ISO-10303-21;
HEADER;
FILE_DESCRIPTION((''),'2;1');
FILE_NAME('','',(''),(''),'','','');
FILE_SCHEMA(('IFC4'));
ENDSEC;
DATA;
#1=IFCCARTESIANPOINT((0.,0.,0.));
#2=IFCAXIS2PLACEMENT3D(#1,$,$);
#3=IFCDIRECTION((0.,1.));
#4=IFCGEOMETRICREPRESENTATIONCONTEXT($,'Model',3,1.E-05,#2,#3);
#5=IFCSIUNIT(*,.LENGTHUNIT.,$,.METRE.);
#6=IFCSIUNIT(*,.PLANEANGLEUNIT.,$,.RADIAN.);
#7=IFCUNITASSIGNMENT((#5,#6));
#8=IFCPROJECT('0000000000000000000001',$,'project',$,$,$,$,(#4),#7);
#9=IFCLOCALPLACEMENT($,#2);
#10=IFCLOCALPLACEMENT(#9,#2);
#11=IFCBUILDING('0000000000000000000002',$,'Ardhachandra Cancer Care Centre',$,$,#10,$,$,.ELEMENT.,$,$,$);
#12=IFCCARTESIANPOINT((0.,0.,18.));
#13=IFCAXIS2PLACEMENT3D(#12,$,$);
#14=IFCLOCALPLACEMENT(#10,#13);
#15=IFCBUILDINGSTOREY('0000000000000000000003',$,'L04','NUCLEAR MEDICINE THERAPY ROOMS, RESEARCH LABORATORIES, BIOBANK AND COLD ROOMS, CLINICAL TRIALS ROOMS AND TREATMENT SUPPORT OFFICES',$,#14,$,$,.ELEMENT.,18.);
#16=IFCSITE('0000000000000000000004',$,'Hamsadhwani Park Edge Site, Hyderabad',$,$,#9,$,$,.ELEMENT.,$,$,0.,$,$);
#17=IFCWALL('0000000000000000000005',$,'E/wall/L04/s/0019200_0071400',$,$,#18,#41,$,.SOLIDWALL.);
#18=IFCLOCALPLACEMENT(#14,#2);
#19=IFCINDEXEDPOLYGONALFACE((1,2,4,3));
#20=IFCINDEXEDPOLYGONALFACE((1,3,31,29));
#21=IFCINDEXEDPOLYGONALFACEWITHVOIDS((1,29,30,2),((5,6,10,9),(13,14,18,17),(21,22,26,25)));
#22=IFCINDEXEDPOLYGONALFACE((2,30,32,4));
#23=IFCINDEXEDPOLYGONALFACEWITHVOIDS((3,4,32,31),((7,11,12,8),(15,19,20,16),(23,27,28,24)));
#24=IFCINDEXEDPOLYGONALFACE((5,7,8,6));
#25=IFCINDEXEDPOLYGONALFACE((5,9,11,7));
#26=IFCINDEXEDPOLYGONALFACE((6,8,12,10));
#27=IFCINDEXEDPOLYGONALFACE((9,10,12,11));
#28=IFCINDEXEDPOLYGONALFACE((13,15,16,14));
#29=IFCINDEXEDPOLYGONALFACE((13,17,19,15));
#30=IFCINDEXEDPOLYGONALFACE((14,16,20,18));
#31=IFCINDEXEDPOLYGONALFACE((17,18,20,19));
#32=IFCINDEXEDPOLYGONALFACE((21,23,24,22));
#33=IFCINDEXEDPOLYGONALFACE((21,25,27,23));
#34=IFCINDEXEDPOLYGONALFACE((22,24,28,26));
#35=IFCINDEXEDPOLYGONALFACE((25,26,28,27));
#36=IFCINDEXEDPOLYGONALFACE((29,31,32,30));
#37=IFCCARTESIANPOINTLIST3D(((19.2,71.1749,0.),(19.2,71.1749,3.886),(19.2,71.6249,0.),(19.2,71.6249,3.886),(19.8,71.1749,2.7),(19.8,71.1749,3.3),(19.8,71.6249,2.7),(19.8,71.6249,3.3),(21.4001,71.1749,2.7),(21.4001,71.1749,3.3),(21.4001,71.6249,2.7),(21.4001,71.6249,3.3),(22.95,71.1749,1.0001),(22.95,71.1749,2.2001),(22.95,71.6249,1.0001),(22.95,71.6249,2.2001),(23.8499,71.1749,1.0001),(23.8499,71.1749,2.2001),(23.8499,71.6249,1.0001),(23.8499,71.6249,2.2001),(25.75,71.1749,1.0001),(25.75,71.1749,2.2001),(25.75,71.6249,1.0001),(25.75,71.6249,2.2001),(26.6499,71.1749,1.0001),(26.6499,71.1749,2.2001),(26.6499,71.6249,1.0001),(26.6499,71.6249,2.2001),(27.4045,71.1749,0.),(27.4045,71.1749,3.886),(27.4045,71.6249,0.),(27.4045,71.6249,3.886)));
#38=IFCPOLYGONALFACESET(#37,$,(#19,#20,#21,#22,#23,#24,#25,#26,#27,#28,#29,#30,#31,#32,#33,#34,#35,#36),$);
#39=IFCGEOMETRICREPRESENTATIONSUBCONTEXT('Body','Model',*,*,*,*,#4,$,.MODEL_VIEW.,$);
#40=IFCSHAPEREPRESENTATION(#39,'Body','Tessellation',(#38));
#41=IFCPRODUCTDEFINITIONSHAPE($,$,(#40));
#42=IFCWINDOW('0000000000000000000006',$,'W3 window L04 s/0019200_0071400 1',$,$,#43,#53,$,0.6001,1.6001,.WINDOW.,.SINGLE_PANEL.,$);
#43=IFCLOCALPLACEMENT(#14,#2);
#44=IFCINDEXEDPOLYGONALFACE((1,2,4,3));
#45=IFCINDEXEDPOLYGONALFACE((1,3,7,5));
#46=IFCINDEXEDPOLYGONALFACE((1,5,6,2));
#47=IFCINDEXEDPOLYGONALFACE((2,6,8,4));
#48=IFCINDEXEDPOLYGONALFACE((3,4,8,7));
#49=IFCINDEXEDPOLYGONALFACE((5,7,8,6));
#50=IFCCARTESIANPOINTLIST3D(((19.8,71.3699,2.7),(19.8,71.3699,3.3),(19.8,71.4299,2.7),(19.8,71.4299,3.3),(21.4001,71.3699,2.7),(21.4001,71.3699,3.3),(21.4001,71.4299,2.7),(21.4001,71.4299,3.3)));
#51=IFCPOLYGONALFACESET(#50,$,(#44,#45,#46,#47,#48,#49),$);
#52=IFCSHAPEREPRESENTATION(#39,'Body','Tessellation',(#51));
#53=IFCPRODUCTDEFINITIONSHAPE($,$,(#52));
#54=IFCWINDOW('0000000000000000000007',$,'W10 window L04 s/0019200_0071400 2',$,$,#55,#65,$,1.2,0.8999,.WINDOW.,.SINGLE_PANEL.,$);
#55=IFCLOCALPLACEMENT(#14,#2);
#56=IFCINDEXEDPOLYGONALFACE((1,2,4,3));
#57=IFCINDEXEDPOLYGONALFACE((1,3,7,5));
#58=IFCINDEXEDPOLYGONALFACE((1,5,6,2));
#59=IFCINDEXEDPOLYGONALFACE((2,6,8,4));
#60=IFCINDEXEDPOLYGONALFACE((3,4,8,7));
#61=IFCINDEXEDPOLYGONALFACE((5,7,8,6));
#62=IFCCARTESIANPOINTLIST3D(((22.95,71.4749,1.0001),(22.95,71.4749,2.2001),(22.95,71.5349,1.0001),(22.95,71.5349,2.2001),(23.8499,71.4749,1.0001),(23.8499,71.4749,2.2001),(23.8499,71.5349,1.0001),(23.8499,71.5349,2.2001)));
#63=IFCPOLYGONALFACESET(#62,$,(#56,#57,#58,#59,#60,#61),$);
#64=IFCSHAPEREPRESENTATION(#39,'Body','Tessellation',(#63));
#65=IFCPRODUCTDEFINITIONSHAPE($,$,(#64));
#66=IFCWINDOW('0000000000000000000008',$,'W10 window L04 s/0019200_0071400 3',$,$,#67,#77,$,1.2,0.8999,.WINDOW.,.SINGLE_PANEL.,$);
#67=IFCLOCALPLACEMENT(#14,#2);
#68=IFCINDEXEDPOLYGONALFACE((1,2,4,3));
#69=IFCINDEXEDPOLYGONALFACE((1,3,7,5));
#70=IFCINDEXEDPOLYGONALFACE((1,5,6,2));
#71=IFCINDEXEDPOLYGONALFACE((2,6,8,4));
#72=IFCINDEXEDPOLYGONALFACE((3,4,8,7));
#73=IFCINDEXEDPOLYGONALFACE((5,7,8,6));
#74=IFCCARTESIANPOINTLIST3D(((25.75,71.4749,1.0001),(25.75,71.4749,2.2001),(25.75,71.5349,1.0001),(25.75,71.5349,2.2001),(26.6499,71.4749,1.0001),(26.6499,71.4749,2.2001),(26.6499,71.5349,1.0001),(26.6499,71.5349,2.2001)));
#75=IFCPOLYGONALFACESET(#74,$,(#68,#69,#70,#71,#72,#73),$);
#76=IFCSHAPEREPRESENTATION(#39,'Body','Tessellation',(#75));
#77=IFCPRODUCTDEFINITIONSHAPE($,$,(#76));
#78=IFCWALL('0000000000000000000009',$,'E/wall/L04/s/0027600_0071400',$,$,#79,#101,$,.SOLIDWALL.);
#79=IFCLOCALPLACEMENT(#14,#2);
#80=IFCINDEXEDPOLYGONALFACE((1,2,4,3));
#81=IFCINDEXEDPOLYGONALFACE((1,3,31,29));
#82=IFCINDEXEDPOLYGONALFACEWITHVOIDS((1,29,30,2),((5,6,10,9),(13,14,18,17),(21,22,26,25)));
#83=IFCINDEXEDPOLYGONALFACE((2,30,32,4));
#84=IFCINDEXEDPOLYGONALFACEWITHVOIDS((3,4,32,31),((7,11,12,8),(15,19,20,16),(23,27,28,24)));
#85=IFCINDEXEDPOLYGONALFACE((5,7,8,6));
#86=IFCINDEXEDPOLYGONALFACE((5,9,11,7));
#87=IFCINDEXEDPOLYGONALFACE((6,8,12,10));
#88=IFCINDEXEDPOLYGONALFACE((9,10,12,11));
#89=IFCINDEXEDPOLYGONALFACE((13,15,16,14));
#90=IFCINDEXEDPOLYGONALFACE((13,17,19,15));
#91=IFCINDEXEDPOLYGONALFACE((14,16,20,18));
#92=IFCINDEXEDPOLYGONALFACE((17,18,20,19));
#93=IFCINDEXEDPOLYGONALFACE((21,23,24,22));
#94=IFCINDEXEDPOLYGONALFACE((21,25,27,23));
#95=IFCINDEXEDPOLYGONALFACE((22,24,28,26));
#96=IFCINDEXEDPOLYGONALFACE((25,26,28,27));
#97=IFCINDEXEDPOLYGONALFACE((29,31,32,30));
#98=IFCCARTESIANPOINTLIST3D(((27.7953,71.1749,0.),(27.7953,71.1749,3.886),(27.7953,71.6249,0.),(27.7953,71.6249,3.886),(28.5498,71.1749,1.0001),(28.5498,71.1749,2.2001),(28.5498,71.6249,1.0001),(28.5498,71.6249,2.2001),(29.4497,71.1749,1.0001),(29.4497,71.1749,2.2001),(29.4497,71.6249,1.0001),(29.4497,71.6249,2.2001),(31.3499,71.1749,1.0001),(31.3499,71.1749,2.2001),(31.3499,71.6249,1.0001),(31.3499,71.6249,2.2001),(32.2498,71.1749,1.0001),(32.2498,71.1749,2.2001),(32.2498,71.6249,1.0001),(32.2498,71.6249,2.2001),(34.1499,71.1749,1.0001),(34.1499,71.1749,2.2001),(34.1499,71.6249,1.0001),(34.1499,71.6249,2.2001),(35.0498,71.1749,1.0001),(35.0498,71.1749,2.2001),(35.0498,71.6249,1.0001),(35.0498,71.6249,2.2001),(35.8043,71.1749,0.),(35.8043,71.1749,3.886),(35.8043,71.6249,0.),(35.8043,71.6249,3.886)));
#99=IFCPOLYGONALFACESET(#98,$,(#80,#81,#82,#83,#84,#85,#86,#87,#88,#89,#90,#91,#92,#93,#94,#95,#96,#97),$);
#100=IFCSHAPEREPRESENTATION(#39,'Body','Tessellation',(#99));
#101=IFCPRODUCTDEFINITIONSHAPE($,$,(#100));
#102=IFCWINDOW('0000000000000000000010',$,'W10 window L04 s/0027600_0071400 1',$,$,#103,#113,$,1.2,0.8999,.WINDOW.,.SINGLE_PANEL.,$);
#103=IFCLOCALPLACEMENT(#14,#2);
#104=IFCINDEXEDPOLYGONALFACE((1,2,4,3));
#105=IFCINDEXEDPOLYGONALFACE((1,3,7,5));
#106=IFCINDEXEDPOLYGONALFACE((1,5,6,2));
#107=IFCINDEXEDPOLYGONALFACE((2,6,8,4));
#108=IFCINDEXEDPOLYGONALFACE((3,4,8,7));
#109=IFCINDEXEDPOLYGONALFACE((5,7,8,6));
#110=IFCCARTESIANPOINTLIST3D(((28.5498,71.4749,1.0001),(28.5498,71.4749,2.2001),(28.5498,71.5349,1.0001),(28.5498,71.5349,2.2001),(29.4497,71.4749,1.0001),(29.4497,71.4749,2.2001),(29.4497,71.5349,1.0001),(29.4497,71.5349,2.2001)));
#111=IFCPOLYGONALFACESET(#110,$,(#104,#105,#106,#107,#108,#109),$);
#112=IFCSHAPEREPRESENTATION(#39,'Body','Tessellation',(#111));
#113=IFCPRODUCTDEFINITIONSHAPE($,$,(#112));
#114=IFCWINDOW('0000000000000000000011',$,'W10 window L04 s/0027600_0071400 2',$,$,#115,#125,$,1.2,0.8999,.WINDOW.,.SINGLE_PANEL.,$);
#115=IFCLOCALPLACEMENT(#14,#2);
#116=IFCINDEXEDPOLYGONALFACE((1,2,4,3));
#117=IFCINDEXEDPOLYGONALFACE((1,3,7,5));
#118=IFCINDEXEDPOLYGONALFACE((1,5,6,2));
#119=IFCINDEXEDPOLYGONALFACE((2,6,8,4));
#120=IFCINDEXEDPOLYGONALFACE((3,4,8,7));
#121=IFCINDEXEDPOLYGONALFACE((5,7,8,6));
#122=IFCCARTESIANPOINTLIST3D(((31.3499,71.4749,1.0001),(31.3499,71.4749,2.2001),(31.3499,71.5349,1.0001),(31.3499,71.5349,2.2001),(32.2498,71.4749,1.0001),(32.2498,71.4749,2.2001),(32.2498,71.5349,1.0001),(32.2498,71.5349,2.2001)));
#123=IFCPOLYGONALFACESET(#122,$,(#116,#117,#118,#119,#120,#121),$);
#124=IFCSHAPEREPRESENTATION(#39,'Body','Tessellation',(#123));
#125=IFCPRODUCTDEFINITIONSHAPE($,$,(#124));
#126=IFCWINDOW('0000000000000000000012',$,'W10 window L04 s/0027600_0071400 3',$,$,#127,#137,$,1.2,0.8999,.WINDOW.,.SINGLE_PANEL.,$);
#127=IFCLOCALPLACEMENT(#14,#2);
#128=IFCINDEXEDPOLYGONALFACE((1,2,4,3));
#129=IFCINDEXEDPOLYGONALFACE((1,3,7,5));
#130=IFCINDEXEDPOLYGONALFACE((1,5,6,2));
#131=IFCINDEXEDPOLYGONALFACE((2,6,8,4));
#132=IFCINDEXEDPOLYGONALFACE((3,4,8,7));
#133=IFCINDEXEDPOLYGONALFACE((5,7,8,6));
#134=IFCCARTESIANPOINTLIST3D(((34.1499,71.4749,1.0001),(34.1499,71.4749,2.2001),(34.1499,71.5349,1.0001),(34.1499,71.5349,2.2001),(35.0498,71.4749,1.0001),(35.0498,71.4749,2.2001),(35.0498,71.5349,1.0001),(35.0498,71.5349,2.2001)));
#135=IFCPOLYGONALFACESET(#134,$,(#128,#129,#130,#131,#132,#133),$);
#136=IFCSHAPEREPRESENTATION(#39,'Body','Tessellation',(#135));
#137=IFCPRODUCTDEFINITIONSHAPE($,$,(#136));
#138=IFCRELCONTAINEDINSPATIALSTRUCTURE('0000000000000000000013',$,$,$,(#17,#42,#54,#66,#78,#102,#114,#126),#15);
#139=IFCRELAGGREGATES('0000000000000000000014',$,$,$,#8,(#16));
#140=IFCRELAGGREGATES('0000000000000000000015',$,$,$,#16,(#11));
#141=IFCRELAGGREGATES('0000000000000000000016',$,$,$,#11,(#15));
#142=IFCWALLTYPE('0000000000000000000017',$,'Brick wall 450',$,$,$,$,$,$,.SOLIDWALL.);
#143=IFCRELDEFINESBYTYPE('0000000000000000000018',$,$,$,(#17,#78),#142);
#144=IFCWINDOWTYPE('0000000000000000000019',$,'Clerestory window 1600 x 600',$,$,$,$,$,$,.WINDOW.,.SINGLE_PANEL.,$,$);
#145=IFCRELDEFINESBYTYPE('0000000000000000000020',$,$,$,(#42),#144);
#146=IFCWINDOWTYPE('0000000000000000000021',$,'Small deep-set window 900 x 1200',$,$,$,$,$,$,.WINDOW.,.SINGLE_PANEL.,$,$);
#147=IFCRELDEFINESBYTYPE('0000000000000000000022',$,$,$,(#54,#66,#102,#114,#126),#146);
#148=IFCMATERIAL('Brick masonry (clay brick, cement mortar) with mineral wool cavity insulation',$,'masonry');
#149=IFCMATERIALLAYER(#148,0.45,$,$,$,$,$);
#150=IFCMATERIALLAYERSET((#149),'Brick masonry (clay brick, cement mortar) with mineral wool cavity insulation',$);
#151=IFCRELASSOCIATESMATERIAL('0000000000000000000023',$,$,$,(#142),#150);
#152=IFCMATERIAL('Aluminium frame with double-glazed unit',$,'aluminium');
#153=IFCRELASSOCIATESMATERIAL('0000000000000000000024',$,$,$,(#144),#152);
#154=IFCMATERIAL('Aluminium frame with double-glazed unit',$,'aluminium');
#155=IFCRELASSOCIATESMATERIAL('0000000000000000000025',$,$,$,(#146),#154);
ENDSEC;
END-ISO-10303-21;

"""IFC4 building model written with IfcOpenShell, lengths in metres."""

from ifc_helpers import new_model, si_unit, direction, frame, frame_2d, origin, place, context, subcontext, project, spatial, rectangle, extrude, material, layer, layer_set, type_object, element, fill, save


model = new_model("IFC4")

# Units and contexts
model_context = context("Model", 3, precision=1e-05, world=origin(), true_north=direction((0.0, 1.0)))
body_context = subcontext(model_context, "Body", "Model", "MODEL_VIEW")
ifc_project = project(units=[si_unit("LENGTHUNIT", "METRE"), si_unit("PLANEANGLEUNIT", "RADIAN")], contexts=[model_context])

# Site, building, storey
site_placement = place(None, origin())
site = spatial("IfcSite", under=ifc_project, at=site_placement, Name="Hamsadhwani Park Edge Site, Hyderabad", CompositionType="ELEMENT", RefElevation=0.0)
building_placement = place(site_placement, origin())
building = spatial("IfcBuilding", under=site, at=building_placement, Name="Ardhachandra Cancer Care Centre", CompositionType="ELEMENT")
storey_placement = place(building_placement, frame((0.0, 0.0, 18.0)))
storey = spatial("IfcBuildingStorey", under=building, at=storey_placement, Name="L04", Description="NUCLEAR MEDICINE THERAPY ROOMS, RESEARCH LABORATORIES, BIOBANK AND COLD ROOMS, CLINICAL TRIALS ROOMS AND TREATMENT SUPPORT OFFICES", CompositionType="ELEMENT", Elevation=18.0)

# Walls, openings, windows
ifc_material_1 = material(Name="Brick masonry (clay brick, cement mortar) with mineral wool cavity insulation", Category="masonry")
ifc_layer_1 = layer(ifc_material_1, 0.45)
ifc_layer_set_1 = layer_set([ifc_layer_1], Name="Brick masonry (clay brick, cement mortar) with mineral wool cavity insulation")
wall_type_1 = type_object("IfcWallType", Name="Brick wall 450", PredefinedType="SOLIDWALL", material=ifc_layer_set_1)
wall_1_placement = place(storey_placement, frame((19.2, 71.3999, 0.0), z_axis=(0.0, 0.0, 1.0), x_axis=(1.0, 0.0, 0.0)))
wall_1 = element("IfcWall", 1, at=wall_1_placement, inside=storey, type_object=wall_type_1, Name="E/wall/L04/s/0019200_0071400", PredefinedType="SOLIDWALL", context=body_context, shape_type="SweptSolid", body=[
    extrude(rectangle(XDim=8.2046, YDim=0.45, at=frame_2d((4.1023, 0.0))), origin(), (0.0, 0.0, 1.0), 3.886),
])
opening_1_placement = place(wall_1_placement, frame((0.6001, 0.0, 2.7)))
opening_1 = element("IfcOpeningElement", 2, at=opening_1_placement, cuts=wall_1, PredefinedType="OPENING", context=body_context, shape_type="SweptSolid", body=[
    extrude(rectangle(XDim=1.6001, YDim=0.6001, at=frame_2d((0.8, 0.3))), frame((0.0, 0.2349, 0.0), z_axis=(0.0, -1.0, 0.0), x_axis=(1.0, 0.0, 0.0)), (0.0, 0.0, 1.0), 0.47),
])
opening_2_placement = place(wall_1_placement, frame((3.75, 0.0, 1.0)))
opening_2 = element("IfcOpeningElement", 3, at=opening_2_placement, cuts=wall_1, PredefinedType="OPENING", context=body_context, shape_type="SweptSolid", body=[
    extrude(rectangle(XDim=0.8999, YDim=1.2, at=frame_2d((0.45, 0.6001))), frame((0.0, 0.2349, 0.0), z_axis=(0.0, -1.0, 0.0), x_axis=(1.0, 0.0, 0.0)), (0.0, 0.0, 1.0), 0.47),
])
opening_3_placement = place(wall_1_placement, frame((6.55, 0.0, 1.0)))
opening_3 = element("IfcOpeningElement", 4, at=opening_3_placement, cuts=wall_1, PredefinedType="OPENING", context=body_context, shape_type="SweptSolid", body=[
    extrude(rectangle(XDim=0.8999, YDim=1.2, at=frame_2d((0.45, 0.6001))), frame((0.0, 0.2349, 0.0), z_axis=(0.0, -1.0, 0.0), x_axis=(1.0, 0.0, 0.0)), (0.0, 0.0, 1.0), 0.47),
])
ifc_material_2 = material(Name="Aluminium frame with double-glazed unit", Category="aluminium")
window_type_1 = type_object("IfcWindowType", Name="Clerestory window 1600 x 600", PartitioningType="SINGLE_PANEL", PredefinedType="WINDOW", material=ifc_material_2)
window_1_placement = place(opening_1_placement, origin())
window_1 = element("IfcWindow", 5, at=window_1_placement, inside=storey, type_object=window_type_1, Name="W3 window L04 s/0019200_0071400 1", OverallHeight=0.6001, OverallWidth=1.6001, PartitioningType="SINGLE_PANEL", PredefinedType="WINDOW", context=body_context, shape_type="SweptSolid", body=[
    extrude(rectangle(XDim=1.6001, YDim=0.6001, at=frame_2d((0.8, 0.3))), frame((0.0, 0.03, 0.0), z_axis=(0.0, -1.0, 0.0), x_axis=(1.0, 0.0, 0.0)), (0.0, 0.0, 1.0), 0.0601),
])
fill(opening_1, window_1)
ifc_material_3 = material(Name="Aluminium frame with double-glazed unit", Category="aluminium")
window_type_2 = type_object("IfcWindowType", Name="Small deep-set window 900 x 1200", PartitioningType="SINGLE_PANEL", PredefinedType="WINDOW", material=ifc_material_3)
window_2_placement = place(opening_2_placement, origin())
window_2 = element("IfcWindow", 6, at=window_2_placement, inside=storey, type_object=window_type_2, Name="W10 window L04 s/0019200_0071400 2", OverallHeight=1.2, OverallWidth=0.8999, PartitioningType="SINGLE_PANEL", PredefinedType="WINDOW", context=body_context, shape_type="SweptSolid", body=[
    extrude(rectangle(XDim=0.8999, YDim=1.2, at=frame_2d((0.45, 0.6001))), frame((0.0, 0.135, 0.0), z_axis=(0.0, -1.0, 0.0), x_axis=(1.0, 0.0, 0.0)), (0.0, 0.0, 1.0), 0.0601),
])
fill(opening_2, window_2)
window_3_placement = place(opening_3_placement, origin())
window_3 = element("IfcWindow", 7, at=window_3_placement, inside=storey, type_object=window_type_2, Name="W10 window L04 s/0019200_0071400 3", OverallHeight=1.2, OverallWidth=0.8999, PartitioningType="SINGLE_PANEL", PredefinedType="WINDOW", context=body_context, shape_type="SweptSolid", body=[
    extrude(rectangle(XDim=0.8999, YDim=1.2, at=frame_2d((0.45, 0.6001))), frame((0.0, 0.135, 0.0), z_axis=(0.0, -1.0, 0.0), x_axis=(1.0, 0.0, 0.0)), (0.0, 0.0, 1.0), 0.0601),
])
fill(opening_3, window_3)
wall_2_placement = place(storey_placement, frame((27.7954, 71.3999, 0.0), z_axis=(0.0, 0.0, 1.0), x_axis=(1.0, 0.0, 0.0)))
wall_2 = element("IfcWall", 8, at=wall_2_placement, inside=storey, type_object=wall_type_1, Name="E/wall/L04/s/0027600_0071400", PredefinedType="SOLIDWALL", context=body_context, shape_type="SweptSolid", body=[
    extrude(rectangle(XDim=8.009, YDim=0.45, at=frame_2d((4.0044, 0.0))), origin(), (0.0, 0.0, 1.0), 3.886),
])
opening_4_placement = place(wall_2_placement, frame((0.7544, 0.0, 1.0)))
opening_4 = element("IfcOpeningElement", 9, at=opening_4_placement, cuts=wall_2, PredefinedType="OPENING", context=body_context, shape_type="SweptSolid", body=[
    extrude(rectangle(XDim=0.8999, YDim=1.2, at=frame_2d((0.45, 0.6001))), frame((0.0, 0.2349, 0.0), z_axis=(0.0, -1.0, 0.0), x_axis=(1.0, 0.0, 0.0)), (0.0, 0.0, 1.0), 0.47),
])
opening_5_placement = place(wall_2_placement, frame((3.5544, 0.0, 1.0)))
opening_5 = element("IfcOpeningElement", 10, at=opening_5_placement, cuts=wall_2, PredefinedType="OPENING", context=body_context, shape_type="SweptSolid", body=[
    extrude(rectangle(XDim=0.8999, YDim=1.2, at=frame_2d((0.45, 0.6001))), frame((0.0, 0.2349, 0.0), z_axis=(0.0, -1.0, 0.0), x_axis=(1.0, 0.0, 0.0)), (0.0, 0.0, 1.0), 0.47),
])
opening_6_placement = place(wall_2_placement, frame((6.3545, 0.0, 1.0)))
opening_6 = element("IfcOpeningElement", 11, at=opening_6_placement, cuts=wall_2, PredefinedType="OPENING", context=body_context, shape_type="SweptSolid", body=[
    extrude(rectangle(XDim=0.8999, YDim=1.2, at=frame_2d((0.45, 0.6001))), frame((0.0, 0.2349, 0.0), z_axis=(0.0, -1.0, 0.0), x_axis=(1.0, 0.0, 0.0)), (0.0, 0.0, 1.0), 0.47),
])
window_4_placement = place(opening_4_placement, origin())
window_4 = element("IfcWindow", 12, at=window_4_placement, inside=storey, type_object=window_type_2, Name="W10 window L04 s/0027600_0071400 1", OverallHeight=1.2, OverallWidth=0.8999, PartitioningType="SINGLE_PANEL", PredefinedType="WINDOW", context=body_context, shape_type="SweptSolid", body=[
    extrude(rectangle(XDim=0.8999, YDim=1.2, at=frame_2d((0.45, 0.6001))), frame((0.0, 0.135, 0.0), z_axis=(0.0, -1.0, 0.0), x_axis=(1.0, 0.0, 0.0)), (0.0, 0.0, 1.0), 0.0601),
])
fill(opening_4, window_4)
window_5_placement = place(opening_5_placement, origin())
window_5 = element("IfcWindow", 13, at=window_5_placement, inside=storey, type_object=window_type_2, Name="W10 window L04 s/0027600_0071400 2", OverallHeight=1.2, OverallWidth=0.8999, PartitioningType="SINGLE_PANEL", PredefinedType="WINDOW", context=body_context, shape_type="SweptSolid", body=[
    extrude(rectangle(XDim=0.8999, YDim=1.2, at=frame_2d((0.45, 0.6001))), frame((0.0, 0.135, 0.0), z_axis=(0.0, -1.0, 0.0), x_axis=(1.0, 0.0, 0.0)), (0.0, 0.0, 1.0), 0.0601),
])
fill(opening_5, window_5)
window_6_placement = place(opening_6_placement, origin())
window_6 = element("IfcWindow", 14, at=window_6_placement, inside=storey, type_object=window_type_2, Name="W10 window L04 s/0027600_0071400 3", OverallHeight=1.2, OverallWidth=0.8999, PartitioningType="SINGLE_PANEL", PredefinedType="WINDOW", context=body_context, shape_type="SweptSolid", body=[
    extrude(rectangle(XDim=0.8999, YDim=1.2, at=frame_2d((0.45, 0.6001))), frame((0.0, 0.135, 0.0), z_axis=(0.0, -1.0, 0.0), x_axis=(1.0, 0.0, 0.0)), (0.0, 0.0, 1.0), 0.0601),
])
fill(opening_6, window_6)

save(model, "model.ifc")
